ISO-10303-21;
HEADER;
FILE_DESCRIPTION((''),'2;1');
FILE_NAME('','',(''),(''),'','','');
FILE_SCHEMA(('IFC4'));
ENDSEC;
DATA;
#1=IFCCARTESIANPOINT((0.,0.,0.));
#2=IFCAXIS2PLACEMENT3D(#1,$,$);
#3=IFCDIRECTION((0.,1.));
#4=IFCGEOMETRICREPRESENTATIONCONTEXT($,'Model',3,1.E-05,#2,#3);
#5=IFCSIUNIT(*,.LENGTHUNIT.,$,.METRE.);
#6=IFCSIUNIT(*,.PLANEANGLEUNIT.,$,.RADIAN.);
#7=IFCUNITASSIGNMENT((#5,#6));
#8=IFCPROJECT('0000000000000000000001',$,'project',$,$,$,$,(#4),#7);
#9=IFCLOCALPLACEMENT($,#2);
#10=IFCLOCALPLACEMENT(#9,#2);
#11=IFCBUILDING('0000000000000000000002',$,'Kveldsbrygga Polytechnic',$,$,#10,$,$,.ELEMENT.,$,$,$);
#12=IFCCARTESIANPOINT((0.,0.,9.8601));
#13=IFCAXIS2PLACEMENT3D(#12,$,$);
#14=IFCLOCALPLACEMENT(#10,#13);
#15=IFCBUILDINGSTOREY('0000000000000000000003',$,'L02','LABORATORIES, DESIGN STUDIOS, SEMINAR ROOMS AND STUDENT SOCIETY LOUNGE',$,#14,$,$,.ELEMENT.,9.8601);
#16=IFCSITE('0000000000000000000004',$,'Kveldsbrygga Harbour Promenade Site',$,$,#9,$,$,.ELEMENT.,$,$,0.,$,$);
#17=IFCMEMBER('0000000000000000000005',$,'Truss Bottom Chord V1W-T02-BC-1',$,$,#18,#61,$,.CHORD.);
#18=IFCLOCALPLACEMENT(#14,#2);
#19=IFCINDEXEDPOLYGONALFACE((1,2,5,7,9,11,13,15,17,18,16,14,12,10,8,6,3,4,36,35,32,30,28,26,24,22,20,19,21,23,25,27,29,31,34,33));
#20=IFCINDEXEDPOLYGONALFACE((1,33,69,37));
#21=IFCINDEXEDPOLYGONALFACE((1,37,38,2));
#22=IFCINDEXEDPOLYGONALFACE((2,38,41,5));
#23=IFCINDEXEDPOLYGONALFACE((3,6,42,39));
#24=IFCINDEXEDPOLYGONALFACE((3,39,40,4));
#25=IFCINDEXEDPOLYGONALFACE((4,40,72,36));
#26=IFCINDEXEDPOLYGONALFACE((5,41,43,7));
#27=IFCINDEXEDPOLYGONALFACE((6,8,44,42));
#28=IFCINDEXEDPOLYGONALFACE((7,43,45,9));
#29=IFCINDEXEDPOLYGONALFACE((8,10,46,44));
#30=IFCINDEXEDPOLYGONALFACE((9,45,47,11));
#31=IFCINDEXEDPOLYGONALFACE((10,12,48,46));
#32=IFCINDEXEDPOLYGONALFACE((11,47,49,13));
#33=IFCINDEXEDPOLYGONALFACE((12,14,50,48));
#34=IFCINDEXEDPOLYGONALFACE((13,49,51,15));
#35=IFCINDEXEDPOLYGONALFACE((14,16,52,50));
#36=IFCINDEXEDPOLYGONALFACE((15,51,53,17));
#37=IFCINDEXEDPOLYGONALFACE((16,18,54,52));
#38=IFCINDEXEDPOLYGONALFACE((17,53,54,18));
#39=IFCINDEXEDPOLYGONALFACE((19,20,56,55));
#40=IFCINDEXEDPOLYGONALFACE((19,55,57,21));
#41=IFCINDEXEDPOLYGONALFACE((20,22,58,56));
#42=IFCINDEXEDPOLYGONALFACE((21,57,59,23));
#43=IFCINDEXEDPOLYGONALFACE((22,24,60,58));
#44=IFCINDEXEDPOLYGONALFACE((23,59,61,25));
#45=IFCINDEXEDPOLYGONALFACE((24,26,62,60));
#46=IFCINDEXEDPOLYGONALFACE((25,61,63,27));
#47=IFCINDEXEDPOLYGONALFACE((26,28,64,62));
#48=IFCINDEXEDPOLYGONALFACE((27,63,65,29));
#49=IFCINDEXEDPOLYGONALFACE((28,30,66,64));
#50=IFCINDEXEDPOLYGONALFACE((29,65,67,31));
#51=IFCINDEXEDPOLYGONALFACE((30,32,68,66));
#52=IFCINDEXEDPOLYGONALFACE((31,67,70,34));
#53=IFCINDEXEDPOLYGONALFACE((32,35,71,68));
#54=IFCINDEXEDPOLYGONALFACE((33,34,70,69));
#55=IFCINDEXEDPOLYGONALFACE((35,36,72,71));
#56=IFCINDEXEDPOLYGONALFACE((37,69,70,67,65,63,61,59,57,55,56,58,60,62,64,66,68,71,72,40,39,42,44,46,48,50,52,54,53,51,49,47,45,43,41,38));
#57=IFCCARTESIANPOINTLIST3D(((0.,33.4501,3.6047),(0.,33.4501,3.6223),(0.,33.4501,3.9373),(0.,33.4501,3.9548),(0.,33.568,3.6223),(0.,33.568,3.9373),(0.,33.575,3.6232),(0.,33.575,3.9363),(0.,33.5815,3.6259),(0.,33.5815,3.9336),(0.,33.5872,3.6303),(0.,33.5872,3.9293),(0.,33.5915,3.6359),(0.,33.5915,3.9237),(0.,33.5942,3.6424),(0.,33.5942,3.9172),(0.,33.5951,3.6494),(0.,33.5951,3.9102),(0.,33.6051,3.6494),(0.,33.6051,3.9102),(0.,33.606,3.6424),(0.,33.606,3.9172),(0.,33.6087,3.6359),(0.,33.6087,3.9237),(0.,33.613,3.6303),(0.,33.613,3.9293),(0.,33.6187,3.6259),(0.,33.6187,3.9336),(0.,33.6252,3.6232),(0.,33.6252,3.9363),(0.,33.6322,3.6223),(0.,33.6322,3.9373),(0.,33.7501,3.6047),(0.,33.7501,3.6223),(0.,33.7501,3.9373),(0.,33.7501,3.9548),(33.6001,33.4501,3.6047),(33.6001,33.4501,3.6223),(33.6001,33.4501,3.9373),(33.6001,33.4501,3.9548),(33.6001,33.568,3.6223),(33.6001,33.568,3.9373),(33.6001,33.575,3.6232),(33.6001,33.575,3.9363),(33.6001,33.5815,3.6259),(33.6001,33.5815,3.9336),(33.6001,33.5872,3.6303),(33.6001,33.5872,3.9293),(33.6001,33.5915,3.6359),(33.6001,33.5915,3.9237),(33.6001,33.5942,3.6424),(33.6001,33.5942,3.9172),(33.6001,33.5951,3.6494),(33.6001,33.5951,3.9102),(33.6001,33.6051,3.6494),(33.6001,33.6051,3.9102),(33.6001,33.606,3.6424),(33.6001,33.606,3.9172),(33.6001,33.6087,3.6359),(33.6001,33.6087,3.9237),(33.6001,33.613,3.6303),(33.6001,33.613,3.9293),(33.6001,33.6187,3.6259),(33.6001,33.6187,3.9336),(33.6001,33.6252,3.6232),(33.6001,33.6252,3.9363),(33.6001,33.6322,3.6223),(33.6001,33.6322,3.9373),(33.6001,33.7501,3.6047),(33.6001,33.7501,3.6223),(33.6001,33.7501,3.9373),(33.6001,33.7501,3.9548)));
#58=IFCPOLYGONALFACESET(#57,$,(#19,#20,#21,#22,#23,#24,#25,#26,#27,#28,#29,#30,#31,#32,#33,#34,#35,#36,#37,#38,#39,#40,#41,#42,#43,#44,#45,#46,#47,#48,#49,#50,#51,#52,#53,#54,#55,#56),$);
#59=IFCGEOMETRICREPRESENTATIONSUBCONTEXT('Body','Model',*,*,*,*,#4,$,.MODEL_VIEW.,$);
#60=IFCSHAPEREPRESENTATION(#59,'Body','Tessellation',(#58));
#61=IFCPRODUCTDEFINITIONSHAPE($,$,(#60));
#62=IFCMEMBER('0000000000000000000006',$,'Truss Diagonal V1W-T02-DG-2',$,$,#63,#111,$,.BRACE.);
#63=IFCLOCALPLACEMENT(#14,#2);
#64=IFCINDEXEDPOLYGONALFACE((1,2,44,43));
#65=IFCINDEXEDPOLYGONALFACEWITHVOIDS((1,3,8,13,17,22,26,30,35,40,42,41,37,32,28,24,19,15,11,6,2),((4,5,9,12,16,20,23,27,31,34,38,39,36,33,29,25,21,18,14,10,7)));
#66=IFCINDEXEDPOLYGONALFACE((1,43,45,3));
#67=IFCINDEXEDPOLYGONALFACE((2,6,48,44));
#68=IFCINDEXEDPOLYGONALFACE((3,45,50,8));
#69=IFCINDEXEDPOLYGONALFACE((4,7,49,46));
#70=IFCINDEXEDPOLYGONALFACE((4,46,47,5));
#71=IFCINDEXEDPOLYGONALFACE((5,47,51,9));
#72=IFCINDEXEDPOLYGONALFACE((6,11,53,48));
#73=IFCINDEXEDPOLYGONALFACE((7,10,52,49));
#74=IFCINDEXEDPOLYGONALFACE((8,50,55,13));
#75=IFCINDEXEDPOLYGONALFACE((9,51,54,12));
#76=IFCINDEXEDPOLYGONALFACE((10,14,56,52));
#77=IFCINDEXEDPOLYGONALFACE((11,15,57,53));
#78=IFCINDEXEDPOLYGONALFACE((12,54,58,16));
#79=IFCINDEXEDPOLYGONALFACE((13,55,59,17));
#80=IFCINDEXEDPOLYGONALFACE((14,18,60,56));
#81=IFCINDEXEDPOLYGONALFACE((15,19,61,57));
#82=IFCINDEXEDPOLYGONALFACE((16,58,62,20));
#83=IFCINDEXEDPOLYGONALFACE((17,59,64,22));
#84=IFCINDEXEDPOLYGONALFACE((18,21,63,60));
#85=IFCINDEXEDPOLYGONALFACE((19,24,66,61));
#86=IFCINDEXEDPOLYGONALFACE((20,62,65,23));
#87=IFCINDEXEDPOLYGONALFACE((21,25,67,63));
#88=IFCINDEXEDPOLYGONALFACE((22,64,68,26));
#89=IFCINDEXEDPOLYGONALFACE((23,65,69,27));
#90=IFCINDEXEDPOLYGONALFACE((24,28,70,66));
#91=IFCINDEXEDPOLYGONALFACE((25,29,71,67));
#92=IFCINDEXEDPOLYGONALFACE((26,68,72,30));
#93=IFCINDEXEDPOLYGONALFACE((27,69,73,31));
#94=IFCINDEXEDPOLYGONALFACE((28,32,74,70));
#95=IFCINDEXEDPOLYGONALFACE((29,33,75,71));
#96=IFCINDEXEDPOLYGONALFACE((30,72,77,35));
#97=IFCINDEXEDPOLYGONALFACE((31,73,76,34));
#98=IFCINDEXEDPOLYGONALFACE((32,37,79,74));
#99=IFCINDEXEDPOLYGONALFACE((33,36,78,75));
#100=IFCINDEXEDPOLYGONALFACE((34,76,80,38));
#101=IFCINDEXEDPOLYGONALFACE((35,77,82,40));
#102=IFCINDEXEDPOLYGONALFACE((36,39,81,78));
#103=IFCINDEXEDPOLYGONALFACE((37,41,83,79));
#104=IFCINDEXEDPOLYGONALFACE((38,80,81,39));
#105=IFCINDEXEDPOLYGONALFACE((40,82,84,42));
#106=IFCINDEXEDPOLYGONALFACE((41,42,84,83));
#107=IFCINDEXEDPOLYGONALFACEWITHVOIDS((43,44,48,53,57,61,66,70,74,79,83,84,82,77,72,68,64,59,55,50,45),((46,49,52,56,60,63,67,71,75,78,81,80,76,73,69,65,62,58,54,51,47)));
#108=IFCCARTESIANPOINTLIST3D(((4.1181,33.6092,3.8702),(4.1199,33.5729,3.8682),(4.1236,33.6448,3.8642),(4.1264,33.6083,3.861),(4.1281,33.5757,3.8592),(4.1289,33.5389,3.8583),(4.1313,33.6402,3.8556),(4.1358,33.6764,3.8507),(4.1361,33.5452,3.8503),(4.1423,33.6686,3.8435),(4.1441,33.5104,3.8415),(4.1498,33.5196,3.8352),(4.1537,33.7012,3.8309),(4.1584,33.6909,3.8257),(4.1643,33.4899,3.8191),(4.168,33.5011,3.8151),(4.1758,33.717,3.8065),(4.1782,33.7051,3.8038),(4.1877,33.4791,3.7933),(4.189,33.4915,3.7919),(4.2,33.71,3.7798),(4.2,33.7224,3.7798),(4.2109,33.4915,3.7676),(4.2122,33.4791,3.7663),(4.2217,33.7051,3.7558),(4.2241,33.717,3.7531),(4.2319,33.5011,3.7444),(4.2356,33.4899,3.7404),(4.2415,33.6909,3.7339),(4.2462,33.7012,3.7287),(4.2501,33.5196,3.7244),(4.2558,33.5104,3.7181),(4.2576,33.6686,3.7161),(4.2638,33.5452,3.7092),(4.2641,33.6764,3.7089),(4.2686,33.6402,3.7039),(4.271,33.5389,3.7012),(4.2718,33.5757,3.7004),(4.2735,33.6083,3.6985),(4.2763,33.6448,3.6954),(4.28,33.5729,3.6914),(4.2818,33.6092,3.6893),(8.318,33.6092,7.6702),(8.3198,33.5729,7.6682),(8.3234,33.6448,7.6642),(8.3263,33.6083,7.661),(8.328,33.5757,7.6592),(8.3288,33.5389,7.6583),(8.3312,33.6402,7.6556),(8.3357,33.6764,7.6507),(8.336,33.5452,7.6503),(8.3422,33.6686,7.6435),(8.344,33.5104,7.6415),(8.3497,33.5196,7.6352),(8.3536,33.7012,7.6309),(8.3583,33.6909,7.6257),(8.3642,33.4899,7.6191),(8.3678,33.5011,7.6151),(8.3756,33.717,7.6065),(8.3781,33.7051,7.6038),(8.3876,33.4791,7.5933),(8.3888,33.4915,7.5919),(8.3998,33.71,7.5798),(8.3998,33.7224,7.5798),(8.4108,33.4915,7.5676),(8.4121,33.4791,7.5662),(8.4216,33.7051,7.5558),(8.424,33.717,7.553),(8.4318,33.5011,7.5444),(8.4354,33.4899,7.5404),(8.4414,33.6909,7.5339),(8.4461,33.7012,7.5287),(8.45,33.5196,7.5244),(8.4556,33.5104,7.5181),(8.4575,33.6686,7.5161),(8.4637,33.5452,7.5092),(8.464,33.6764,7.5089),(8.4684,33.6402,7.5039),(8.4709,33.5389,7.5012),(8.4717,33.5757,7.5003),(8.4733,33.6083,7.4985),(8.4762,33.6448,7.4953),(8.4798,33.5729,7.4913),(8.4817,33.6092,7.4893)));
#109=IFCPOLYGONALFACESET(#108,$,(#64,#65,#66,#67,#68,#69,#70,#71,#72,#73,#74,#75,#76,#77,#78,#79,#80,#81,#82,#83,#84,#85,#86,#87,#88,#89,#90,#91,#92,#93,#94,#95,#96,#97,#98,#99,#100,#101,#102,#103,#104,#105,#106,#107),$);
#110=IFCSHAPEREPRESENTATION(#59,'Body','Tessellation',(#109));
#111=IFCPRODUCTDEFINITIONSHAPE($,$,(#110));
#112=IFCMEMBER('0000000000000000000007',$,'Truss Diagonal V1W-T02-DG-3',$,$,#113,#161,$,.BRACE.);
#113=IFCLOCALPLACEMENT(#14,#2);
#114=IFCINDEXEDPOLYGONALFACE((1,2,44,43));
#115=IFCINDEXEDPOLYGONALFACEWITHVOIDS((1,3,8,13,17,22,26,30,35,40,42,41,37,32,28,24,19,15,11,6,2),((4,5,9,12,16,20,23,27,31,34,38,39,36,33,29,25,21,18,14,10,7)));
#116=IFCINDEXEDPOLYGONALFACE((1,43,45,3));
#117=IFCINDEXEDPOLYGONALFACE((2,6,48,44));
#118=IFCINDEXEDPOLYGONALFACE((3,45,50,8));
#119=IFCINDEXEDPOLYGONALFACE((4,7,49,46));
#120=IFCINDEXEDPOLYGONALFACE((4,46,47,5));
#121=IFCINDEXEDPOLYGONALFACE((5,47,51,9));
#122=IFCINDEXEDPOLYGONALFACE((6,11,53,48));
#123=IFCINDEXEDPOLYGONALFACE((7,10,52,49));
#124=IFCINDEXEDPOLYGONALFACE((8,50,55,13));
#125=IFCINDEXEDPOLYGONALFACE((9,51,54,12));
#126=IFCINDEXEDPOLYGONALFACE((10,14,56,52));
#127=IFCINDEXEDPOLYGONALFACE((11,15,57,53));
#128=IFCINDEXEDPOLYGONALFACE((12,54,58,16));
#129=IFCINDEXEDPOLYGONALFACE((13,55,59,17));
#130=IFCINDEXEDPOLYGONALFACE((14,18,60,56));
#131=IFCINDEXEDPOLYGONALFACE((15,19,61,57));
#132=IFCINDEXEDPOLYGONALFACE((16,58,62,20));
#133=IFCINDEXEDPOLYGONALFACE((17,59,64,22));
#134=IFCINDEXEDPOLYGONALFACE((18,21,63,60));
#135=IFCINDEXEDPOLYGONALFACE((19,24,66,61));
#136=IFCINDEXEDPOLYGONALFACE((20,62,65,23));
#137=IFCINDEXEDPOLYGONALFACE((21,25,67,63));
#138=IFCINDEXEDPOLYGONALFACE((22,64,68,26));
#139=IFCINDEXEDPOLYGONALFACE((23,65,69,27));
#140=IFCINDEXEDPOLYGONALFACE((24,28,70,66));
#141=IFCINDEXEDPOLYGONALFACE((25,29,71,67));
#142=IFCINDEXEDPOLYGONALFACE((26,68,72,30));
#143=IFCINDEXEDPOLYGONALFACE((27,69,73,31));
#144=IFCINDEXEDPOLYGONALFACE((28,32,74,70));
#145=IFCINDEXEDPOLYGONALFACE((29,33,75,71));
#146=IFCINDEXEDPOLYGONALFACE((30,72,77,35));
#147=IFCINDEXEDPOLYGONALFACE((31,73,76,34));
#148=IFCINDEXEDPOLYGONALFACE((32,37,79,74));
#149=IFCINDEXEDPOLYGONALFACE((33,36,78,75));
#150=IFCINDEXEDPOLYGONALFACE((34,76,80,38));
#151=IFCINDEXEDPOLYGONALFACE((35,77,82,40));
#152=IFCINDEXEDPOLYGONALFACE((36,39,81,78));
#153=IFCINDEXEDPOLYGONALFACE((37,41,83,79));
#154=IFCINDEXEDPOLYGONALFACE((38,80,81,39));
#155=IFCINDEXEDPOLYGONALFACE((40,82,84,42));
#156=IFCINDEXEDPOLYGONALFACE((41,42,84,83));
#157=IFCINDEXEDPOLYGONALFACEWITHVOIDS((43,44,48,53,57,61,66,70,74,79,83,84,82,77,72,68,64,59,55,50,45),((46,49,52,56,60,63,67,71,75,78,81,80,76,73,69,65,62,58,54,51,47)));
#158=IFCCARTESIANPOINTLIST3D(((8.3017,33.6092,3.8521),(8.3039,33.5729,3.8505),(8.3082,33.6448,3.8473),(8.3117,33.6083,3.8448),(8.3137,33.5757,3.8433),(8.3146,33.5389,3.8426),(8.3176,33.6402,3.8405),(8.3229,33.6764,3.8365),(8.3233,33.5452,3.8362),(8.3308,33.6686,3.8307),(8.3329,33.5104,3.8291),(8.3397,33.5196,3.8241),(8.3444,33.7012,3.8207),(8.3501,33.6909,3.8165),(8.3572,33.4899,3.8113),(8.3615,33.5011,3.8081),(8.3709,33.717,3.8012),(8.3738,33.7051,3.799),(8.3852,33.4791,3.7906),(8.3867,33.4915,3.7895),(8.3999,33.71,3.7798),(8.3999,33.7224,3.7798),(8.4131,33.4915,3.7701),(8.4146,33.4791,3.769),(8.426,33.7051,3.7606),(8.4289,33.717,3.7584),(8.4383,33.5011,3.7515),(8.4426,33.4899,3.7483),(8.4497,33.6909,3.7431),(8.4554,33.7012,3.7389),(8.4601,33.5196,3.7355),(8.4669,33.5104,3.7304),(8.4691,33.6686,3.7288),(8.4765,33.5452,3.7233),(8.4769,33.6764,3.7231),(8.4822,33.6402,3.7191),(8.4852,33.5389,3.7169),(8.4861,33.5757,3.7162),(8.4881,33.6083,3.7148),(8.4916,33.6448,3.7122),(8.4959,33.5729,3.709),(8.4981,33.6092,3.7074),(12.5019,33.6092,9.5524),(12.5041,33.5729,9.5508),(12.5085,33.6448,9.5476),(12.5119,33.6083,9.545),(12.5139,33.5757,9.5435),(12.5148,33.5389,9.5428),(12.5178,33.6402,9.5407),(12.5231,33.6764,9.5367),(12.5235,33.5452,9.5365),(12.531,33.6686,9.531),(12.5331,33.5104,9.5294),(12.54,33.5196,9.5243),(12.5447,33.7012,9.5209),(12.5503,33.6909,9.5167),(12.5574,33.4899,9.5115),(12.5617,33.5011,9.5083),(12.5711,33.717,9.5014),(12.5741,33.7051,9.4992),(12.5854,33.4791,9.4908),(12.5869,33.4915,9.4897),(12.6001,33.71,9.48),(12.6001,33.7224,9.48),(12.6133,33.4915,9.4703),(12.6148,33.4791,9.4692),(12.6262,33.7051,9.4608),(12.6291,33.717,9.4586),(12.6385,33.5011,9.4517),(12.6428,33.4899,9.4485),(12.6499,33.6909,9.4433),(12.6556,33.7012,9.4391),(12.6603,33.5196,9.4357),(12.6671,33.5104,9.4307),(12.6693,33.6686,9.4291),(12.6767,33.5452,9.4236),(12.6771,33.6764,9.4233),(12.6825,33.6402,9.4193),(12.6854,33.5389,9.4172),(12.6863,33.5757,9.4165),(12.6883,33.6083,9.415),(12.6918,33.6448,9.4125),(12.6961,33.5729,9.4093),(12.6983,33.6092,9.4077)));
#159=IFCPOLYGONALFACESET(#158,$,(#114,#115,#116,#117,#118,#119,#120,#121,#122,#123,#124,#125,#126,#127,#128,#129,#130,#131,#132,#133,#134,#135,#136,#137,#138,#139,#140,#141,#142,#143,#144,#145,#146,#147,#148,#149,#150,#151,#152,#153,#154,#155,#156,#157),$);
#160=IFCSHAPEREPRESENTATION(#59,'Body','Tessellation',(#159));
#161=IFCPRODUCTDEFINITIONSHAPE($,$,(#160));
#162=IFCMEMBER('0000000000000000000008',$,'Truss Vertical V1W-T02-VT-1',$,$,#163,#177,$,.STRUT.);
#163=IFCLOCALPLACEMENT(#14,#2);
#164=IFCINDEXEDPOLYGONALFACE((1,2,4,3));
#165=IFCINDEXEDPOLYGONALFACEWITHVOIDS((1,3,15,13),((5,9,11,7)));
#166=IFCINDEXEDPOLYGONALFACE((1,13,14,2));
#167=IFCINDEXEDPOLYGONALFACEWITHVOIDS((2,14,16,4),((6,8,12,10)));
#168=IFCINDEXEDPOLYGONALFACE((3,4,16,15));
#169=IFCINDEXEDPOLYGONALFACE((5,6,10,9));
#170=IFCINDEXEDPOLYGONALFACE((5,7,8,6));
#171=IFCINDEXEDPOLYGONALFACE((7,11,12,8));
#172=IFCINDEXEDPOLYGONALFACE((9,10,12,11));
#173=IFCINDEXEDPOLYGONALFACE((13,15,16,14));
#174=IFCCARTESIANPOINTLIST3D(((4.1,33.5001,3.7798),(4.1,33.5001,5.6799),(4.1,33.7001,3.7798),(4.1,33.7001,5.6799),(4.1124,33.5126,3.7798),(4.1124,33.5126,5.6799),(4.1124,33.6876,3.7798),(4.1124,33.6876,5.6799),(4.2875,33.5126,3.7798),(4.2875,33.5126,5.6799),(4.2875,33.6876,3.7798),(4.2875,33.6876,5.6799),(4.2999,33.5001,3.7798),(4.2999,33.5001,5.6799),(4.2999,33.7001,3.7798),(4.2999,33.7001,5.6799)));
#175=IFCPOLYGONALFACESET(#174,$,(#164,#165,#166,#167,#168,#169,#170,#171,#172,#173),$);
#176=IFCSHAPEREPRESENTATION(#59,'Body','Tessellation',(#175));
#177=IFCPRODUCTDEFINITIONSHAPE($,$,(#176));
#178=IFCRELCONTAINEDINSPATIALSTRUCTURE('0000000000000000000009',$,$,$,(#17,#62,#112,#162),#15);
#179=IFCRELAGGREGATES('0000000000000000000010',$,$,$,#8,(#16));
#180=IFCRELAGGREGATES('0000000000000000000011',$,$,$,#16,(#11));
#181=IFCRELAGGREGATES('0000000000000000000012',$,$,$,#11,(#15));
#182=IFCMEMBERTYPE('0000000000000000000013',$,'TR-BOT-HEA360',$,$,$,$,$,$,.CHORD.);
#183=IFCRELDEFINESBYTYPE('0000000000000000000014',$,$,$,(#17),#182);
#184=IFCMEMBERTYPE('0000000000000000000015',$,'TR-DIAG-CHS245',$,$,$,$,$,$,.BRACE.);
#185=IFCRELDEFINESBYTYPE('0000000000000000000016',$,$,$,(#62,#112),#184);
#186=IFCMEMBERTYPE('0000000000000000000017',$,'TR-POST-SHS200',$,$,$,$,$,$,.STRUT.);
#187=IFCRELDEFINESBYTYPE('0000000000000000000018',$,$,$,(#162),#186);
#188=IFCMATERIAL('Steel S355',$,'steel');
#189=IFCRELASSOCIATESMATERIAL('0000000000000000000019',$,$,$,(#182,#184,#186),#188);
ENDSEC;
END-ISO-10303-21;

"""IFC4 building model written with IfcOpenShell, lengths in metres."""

from ifc_helpers import new_model, si_unit, direction, frame, origin, origin_2d, place, context, subcontext, project, spatial, hollow_rectangle, hollow_circle, i_section, extrude, material, material_profile, profile_set, type_object, element, save


model = new_model("IFC4")

# Units and contexts
model_context = context("Model", 3, precision=1e-05, world=origin(), true_north=direction((0.0, 1.0)))
body_context = subcontext(model_context, "Body", "Model", "MODEL_VIEW")
ifc_project = project(units=[si_unit("LENGTHUNIT", "METRE"), si_unit("PLANEANGLEUNIT", "RADIAN")], contexts=[model_context])

# Site, building, storey
site_placement = place(None, origin())
site = spatial("IfcSite", under=ifc_project, at=site_placement, Name="Kveldsbrygga Harbour Promenade Site", CompositionType="ELEMENT", RefElevation=0.0)
building_placement = place(site_placement, origin())
building = spatial("IfcBuilding", under=site, at=building_placement, Name="Kveldsbrygga Polytechnic", CompositionType="ELEMENT")
storey_placement = place(building_placement, frame((0.0, 0.0, 9.8601)))
storey = spatial("IfcBuildingStorey", under=building, at=storey_placement, Name="L02", Description="LABORATORIES, DESIGN STUDIOS, SEMINAR ROOMS AND STUDENT SOCIETY LOUNGE", CompositionType="ELEMENT", Elevation=9.8601)

# Shared definitions
ifc_material_1 = material(Name="Steel S355", Category="steel")

# Members
ifc_material_profile_1 = material_profile(ifc_material_1, i_section(OverallWidth=0.3, OverallDepth=0.3501, WebThickness=0.01, FlangeThickness=0.0176, FilletRadius=0.0271, at=origin_2d()), Name="HEA 360")
ifc_profile_set_1 = profile_set([ifc_material_profile_1], Name="Steel S355")
member_type_1 = type_object("IfcMemberType", Name="TR-BOT-HEA360", PredefinedType="CHORD", material=ifc_profile_set_1)
member_1_placement = place(storey_placement, frame((0.0, 33.6001, 3.7798), z_axis=(1.0, 0.0, 0.0), x_axis=(0.0, 1.0, 0.0)))
element("IfcMember", 1, at=member_1_placement, inside=storey, type_object=member_type_1, Name="Truss Bottom Chord V1W-T02-BC-1", PredefinedType="CHORD", context=body_context, shape_type="SweptSolid", body=[
    extrude(i_section(OverallWidth=0.3, OverallDepth=0.3501, WebThickness=0.01, FlangeThickness=0.0176, FilletRadius=0.0271, at=origin_2d()), origin(), (0.0, 0.0, 1.0), 33.6001),
])
ifc_material_profile_2 = material_profile(ifc_material_1, hollow_circle(Radius=0.1223, WallThickness=0.0125, at=origin_2d()), Name="CHS 244.5x12.5")
ifc_profile_set_2 = profile_set([ifc_material_profile_2], Name="Steel S355")
member_type_2 = type_object("IfcMemberType", Name="TR-DIAG-CHS245", PredefinedType="BRACE", material=ifc_profile_set_2)
member_2_placement = place(storey_placement, frame((4.2, 33.6001, 3.7798), z_axis=(0.741528, 0.0, 0.670922), x_axis=(0.0, 1.0, 0.0)))
element("IfcMember", 2, at=member_2_placement, inside=storey, type_object=member_type_2, Name="Truss Diagonal V1W-T02-DG-2", PredefinedType="BRACE", context=body_context, shape_type="SweptSolid", body=[
    extrude(hollow_circle(Radius=0.1223, WallThickness=0.0125, at=origin_2d()), origin(), (0.0, 0.0, 1.0), 5.6638),
])
member_3_placement = place(storey_placement, frame((8.3999, 33.6001, 3.7798), z_axis=(0.593204, 0.0, 0.805052), x_axis=(0.0, 1.0, 0.0)))
element("IfcMember", 3, at=member_3_placement, inside=storey, type_object=member_type_2, Name="Truss Diagonal V1W-T02-DG-3", PredefinedType="BRACE", context=body_context, shape_type="SweptSolid", body=[
    extrude(hollow_circle(Radius=0.1223, WallThickness=0.0125, at=origin_2d()), origin(), (0.0, 0.0, 1.0), 7.0806),
])
ifc_material_profile_3 = material_profile(ifc_material_1, hollow_rectangle(XDim=0.2, YDim=0.2, WallThickness=0.0125, at=origin_2d()), Name="SHS 200x200x12.5")
ifc_profile_set_3 = profile_set([ifc_material_profile_3], Name="Steel S355")
member_type_3 = type_object("IfcMemberType", Name="TR-POST-SHS200", PredefinedType="STRUT", material=ifc_profile_set_3)
member_4_placement = place(storey_placement, frame((4.2, 33.6001, 3.7798), z_axis=(0.0, 0.0, 1.0), x_axis=(1.0, 0.0, 0.0)))
element("IfcMember", 4, at=member_4_placement, inside=storey, type_object=member_type_3, Name="Truss Vertical V1W-T02-VT-1", PredefinedType="STRUT", context=body_context, shape_type="SweptSolid", body=[
    extrude(hollow_rectangle(XDim=0.2, YDim=0.2, WallThickness=0.0125, at=origin_2d()), origin(), (0.0, 0.0, 1.0), 1.9001),
])

save(model, "model.ifc")
